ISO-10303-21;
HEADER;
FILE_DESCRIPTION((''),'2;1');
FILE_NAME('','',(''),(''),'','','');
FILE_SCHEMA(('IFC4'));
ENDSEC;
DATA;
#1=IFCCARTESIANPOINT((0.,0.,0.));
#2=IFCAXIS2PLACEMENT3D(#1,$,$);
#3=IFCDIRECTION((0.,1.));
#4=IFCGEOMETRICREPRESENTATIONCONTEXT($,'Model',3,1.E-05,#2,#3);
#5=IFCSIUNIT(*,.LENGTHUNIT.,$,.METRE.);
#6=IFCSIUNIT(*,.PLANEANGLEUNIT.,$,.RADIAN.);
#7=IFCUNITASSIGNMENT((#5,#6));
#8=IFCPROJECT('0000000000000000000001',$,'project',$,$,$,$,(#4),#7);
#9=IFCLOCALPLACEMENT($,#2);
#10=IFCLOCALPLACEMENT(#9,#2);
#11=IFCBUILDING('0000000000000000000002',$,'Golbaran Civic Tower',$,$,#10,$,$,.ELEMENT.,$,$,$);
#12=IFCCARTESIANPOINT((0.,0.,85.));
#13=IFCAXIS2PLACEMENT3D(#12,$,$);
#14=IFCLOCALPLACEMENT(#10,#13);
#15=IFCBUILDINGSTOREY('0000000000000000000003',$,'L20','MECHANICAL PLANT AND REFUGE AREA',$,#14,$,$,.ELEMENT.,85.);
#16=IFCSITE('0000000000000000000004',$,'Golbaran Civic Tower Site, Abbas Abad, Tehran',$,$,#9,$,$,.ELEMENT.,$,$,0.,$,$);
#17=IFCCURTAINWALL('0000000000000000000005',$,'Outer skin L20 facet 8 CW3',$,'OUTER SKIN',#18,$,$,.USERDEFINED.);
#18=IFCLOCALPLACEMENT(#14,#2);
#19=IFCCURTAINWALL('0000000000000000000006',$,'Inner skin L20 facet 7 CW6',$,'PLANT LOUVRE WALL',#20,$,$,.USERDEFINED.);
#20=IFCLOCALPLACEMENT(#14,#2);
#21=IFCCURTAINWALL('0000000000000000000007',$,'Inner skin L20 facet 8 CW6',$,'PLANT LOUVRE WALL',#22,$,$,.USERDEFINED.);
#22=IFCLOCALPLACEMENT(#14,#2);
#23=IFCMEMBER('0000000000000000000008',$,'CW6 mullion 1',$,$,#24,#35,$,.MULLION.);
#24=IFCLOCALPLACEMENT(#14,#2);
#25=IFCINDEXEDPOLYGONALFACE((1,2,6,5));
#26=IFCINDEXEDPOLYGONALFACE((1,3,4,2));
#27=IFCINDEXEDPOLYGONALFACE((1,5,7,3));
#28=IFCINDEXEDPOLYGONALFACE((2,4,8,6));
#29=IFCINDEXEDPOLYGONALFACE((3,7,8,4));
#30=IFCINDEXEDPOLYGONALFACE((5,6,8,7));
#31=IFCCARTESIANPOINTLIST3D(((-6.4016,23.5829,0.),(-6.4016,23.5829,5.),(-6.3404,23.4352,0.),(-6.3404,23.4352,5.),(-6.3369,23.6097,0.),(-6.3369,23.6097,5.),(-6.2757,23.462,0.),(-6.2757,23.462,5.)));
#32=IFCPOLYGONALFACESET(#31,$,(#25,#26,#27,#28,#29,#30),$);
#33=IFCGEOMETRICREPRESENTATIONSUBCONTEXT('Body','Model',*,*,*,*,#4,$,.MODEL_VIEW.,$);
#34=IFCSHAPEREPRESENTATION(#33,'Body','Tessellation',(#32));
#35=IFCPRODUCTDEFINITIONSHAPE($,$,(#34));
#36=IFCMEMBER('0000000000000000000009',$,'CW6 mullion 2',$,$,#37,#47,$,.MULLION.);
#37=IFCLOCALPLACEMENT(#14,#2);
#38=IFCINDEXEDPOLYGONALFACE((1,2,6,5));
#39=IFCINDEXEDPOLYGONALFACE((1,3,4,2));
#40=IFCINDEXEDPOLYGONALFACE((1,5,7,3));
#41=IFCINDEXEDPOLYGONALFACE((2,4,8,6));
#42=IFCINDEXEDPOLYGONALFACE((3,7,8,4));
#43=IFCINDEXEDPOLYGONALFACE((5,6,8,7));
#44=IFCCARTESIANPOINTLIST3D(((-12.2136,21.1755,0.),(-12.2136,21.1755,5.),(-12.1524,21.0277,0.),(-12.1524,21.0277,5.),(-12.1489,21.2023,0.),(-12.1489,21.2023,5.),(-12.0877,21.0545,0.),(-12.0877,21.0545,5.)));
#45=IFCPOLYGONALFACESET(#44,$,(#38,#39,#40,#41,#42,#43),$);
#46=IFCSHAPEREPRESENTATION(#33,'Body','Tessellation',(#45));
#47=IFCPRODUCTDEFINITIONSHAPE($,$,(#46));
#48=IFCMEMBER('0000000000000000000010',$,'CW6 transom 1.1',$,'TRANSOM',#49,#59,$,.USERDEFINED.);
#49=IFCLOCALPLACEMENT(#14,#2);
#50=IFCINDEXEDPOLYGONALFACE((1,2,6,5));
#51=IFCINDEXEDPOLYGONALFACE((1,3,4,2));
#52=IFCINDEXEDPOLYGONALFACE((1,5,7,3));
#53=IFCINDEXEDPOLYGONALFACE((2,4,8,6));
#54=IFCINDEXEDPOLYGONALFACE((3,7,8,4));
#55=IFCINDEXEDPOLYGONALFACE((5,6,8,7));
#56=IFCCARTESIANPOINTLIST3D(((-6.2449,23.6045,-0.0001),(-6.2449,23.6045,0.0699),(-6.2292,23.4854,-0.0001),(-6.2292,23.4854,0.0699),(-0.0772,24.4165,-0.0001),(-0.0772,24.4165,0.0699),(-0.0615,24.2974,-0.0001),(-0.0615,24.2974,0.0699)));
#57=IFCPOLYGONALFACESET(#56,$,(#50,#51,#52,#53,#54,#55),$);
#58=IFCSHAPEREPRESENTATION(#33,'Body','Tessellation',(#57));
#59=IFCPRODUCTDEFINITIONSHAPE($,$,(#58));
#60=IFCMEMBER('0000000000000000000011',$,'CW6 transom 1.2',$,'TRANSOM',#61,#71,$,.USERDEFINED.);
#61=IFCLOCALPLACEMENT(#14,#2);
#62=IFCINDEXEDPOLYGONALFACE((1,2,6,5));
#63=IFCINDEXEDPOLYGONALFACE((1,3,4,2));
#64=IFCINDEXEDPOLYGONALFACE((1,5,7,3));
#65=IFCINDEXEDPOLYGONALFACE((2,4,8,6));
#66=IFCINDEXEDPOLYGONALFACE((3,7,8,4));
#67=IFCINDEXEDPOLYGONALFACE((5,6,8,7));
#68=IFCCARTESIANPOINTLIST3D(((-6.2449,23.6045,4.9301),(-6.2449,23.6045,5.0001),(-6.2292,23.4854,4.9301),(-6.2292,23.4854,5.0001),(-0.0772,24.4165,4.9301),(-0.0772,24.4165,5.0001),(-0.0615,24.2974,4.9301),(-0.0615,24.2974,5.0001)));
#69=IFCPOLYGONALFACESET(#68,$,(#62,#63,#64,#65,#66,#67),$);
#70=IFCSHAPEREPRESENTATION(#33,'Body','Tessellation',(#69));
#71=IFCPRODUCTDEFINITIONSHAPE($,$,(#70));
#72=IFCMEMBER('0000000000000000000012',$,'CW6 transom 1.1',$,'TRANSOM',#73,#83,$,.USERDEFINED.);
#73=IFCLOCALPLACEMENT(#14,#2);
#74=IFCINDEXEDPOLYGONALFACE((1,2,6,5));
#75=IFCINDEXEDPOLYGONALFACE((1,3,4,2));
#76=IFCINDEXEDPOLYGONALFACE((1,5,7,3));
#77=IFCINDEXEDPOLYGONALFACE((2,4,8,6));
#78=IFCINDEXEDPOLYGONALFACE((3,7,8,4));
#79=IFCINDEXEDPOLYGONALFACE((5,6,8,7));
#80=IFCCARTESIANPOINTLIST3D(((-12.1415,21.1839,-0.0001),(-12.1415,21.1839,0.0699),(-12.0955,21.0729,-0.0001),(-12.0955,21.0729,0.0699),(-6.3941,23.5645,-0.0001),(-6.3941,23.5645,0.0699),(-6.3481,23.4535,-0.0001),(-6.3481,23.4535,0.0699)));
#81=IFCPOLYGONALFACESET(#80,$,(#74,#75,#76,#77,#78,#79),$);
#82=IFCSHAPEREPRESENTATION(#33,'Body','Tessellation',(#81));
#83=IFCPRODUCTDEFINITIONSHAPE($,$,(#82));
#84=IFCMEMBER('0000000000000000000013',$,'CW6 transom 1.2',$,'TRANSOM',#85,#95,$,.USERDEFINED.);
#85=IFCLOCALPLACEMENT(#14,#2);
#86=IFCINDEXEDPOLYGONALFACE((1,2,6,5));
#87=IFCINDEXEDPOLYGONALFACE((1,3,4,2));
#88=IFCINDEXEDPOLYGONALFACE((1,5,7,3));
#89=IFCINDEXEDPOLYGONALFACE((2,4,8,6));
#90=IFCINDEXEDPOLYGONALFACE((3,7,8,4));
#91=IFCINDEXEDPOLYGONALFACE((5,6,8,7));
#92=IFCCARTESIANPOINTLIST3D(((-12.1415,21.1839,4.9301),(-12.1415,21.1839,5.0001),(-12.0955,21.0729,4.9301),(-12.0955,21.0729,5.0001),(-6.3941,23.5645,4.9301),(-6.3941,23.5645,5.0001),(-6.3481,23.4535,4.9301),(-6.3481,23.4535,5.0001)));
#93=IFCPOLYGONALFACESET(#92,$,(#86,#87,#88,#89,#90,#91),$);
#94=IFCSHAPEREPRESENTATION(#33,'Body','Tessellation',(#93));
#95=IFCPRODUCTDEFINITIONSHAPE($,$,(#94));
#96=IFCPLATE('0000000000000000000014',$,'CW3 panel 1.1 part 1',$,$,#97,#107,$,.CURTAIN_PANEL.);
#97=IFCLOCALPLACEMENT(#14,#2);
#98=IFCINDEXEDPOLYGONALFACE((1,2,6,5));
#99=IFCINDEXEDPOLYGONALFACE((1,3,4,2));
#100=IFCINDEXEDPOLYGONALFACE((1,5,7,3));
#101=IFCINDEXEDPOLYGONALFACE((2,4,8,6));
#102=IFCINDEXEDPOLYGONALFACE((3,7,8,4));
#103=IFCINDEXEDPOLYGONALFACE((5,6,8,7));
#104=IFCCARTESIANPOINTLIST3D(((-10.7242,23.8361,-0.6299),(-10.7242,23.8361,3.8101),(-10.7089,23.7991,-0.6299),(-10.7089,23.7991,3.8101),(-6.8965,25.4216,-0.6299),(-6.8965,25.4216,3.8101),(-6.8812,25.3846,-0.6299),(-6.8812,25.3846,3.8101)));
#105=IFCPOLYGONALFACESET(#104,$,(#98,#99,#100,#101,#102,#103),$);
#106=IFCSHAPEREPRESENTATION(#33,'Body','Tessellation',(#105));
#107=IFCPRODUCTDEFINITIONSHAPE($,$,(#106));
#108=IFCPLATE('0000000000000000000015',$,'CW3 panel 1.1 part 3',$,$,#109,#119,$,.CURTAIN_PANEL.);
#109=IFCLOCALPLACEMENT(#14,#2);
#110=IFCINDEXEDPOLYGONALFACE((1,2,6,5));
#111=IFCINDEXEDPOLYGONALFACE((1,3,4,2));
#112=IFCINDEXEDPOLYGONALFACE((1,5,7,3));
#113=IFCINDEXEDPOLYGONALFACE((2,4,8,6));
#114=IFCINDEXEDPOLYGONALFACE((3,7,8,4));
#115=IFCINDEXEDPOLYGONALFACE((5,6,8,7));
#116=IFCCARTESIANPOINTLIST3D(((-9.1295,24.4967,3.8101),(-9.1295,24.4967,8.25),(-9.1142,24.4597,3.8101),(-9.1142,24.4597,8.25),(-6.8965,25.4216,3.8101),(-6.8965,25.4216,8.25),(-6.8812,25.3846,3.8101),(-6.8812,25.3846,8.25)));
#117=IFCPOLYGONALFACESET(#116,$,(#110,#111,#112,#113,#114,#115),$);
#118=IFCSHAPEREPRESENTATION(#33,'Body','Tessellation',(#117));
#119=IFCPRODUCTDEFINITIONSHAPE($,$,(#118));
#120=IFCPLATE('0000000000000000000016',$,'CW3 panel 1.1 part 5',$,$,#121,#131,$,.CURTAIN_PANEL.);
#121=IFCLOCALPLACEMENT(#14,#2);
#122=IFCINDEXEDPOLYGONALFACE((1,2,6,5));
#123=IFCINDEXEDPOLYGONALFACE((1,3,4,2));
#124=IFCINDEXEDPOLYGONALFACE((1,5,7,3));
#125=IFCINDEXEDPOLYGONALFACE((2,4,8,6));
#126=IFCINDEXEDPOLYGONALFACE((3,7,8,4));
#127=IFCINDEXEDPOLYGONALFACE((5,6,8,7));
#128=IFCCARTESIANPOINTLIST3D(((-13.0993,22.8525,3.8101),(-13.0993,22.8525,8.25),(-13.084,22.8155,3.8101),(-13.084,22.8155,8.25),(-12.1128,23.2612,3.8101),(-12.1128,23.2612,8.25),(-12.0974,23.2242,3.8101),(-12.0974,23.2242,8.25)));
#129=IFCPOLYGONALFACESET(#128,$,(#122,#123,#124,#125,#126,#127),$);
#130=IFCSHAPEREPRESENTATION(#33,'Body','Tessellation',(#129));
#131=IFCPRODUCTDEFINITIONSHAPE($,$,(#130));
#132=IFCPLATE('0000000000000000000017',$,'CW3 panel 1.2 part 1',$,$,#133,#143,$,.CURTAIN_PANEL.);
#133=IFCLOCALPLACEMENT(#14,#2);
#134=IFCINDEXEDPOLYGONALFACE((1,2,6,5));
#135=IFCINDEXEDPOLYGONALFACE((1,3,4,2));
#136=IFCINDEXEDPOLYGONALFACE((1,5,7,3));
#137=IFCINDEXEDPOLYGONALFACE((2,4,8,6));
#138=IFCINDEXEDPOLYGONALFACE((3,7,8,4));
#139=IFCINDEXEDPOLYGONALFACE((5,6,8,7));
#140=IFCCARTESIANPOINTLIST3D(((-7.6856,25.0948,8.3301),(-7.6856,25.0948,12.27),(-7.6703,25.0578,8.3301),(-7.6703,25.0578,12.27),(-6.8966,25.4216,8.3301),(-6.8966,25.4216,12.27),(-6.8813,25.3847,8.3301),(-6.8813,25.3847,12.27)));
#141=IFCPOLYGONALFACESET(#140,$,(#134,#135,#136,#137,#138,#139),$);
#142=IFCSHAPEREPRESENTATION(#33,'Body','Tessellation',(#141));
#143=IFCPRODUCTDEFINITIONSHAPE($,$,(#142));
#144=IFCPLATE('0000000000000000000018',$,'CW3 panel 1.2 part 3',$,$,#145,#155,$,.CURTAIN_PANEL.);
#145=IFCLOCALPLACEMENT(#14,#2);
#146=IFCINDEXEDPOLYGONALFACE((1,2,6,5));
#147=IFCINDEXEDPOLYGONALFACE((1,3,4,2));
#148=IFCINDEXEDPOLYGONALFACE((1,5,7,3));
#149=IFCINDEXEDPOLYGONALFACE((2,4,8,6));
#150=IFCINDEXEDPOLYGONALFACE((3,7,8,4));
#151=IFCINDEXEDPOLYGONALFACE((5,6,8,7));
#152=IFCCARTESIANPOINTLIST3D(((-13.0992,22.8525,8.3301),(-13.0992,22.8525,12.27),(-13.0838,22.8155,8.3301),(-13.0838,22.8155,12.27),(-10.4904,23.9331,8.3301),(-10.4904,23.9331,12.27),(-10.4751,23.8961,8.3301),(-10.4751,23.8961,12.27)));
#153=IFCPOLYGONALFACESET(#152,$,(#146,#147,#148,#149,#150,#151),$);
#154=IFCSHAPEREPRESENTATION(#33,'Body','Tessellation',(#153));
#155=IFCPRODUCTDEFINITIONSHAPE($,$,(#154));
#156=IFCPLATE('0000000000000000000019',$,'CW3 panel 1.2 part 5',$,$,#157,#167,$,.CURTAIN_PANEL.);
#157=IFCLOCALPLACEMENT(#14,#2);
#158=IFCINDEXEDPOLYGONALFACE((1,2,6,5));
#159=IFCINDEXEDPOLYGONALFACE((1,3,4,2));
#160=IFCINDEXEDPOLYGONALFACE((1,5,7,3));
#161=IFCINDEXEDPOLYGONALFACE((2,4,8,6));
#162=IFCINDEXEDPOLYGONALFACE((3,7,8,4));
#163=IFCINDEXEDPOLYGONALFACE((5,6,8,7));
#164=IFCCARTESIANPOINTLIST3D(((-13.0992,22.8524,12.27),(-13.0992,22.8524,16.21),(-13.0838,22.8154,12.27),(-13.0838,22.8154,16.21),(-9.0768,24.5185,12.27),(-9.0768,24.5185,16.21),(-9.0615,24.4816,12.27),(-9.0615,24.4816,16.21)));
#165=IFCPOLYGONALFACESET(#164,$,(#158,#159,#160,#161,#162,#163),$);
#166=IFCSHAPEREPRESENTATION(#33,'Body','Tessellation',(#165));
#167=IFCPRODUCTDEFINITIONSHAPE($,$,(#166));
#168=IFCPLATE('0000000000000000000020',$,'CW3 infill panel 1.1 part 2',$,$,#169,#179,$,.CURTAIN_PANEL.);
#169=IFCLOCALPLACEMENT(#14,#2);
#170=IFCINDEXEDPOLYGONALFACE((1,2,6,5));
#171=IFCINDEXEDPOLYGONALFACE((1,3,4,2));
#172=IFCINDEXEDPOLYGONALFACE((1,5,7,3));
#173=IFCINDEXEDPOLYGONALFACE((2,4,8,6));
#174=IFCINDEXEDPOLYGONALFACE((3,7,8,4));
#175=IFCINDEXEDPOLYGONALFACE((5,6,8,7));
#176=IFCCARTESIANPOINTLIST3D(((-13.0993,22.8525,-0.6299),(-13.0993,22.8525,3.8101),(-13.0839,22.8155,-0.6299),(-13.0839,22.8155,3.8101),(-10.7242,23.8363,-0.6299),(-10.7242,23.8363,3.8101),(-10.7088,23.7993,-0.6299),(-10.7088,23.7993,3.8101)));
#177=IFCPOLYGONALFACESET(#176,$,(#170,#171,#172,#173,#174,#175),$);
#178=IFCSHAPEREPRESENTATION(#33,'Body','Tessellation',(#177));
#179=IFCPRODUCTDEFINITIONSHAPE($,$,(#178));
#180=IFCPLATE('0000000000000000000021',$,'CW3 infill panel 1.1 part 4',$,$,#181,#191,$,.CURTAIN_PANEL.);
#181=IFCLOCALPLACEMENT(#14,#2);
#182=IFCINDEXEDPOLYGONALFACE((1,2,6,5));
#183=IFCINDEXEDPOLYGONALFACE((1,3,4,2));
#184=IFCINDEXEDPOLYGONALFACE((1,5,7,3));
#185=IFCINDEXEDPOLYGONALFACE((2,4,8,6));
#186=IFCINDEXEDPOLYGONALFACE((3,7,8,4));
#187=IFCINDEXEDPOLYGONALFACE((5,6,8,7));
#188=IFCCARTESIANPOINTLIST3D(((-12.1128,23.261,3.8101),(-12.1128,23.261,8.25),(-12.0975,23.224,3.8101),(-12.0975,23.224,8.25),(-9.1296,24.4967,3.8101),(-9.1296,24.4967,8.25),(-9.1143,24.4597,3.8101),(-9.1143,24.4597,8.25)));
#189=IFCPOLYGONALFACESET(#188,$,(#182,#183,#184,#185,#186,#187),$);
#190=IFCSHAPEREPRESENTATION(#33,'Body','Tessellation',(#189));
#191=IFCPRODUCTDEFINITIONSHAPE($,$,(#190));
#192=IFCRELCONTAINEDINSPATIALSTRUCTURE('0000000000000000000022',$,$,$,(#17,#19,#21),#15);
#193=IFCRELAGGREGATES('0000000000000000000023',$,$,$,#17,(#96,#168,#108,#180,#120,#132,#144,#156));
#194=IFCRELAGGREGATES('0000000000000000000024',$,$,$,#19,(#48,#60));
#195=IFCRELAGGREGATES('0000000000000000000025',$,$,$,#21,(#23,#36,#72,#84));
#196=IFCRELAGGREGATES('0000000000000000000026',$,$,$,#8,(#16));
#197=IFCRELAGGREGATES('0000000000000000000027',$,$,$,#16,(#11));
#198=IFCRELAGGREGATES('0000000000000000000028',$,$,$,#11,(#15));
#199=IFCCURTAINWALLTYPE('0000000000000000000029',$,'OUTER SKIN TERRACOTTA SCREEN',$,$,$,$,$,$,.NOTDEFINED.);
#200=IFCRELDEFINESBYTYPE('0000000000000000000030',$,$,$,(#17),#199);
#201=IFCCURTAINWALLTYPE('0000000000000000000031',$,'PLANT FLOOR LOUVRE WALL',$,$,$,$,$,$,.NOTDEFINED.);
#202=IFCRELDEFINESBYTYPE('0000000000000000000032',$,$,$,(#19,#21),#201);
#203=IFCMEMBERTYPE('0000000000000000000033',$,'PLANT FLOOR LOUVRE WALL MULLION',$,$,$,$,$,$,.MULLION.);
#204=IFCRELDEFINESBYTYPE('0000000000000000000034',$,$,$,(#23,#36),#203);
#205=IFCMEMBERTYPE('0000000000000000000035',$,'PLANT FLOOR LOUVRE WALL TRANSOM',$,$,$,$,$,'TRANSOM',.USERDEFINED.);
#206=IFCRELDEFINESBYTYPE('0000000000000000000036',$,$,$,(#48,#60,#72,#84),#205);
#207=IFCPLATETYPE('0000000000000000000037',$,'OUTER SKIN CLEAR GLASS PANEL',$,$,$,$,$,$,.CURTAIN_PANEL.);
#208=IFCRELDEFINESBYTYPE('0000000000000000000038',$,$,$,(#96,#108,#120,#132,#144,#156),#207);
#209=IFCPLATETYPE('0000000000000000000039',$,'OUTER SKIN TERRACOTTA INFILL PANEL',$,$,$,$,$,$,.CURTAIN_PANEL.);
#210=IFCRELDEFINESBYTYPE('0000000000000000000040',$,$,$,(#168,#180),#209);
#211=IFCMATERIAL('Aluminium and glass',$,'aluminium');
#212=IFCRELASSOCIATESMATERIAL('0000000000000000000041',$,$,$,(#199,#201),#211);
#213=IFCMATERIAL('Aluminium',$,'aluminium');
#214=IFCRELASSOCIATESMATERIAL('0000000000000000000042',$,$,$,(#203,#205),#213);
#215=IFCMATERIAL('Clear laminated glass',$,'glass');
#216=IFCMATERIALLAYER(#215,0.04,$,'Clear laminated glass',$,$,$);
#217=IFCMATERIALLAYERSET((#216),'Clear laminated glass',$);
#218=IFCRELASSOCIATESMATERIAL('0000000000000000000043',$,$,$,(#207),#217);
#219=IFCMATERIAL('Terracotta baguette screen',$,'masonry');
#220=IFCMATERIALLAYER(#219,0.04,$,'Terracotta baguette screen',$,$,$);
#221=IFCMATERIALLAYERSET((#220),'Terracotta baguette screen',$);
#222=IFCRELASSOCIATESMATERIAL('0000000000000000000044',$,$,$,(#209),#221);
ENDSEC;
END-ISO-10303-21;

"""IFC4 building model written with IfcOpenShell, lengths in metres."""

from ifc_helpers import new_model, si_unit, direction, frame, origin, origin_2d, place, context, subcontext, project, spatial, rectangle, extrude, material, layer, layer_set, material_profile, profile_set, type_object, element, aggregate, save


model = new_model("IFC4")

# Units and contexts
model_context = context("Model", 3, precision=1e-05, world=origin(), true_north=direction((0.0, 1.0)))
body_context = subcontext(model_context, "Body", "Model", "MODEL_VIEW")
ifc_project = project(units=[si_unit("LENGTHUNIT", "METRE"), si_unit("PLANEANGLEUNIT", "RADIAN")], contexts=[model_context])

# Site, building, storey
site_placement = place(None, origin())
site = spatial("IfcSite", under=ifc_project, at=site_placement, Name="Golbaran Civic Tower Site, Abbas Abad, Tehran", CompositionType="ELEMENT", RefElevation=0.0)
building_placement = place(site_placement, origin())
building = spatial("IfcBuilding", under=site, at=building_placement, Name="Golbaran Civic Tower", CompositionType="ELEMENT")
storey_placement = place(building_placement, frame((0.0, 0.0, 85.0)))
storey = spatial("IfcBuildingStorey", under=building, at=storey_placement, Name="L20", Description="MECHANICAL PLANT AND REFUGE AREA", CompositionType="ELEMENT", Elevation=85.0)

# Shared definitions
ifc_material_1 = material(Name="Aluminium and glass", Category="aluminium")
curtain_wall_type_1 = type_object("IfcCurtainWallType", Name="OUTER SKIN TERRACOTTA SCREEN", PredefinedType="NOTDEFINED", material=ifc_material_1)
ifc_material_2 = material(Name="Aluminium", Category="aluminium")

# Curtain wall
curtain_wall_1_placement = place(storey_placement, origin())
curtain_wall_1 = element("IfcCurtainWall", 1, at=curtain_wall_1_placement, inside=storey, type_object=curtain_wall_type_1, Name="Outer skin L20 facet 8 CW3", ObjectType="OUTER SKIN", PredefinedType="USERDEFINED")

# Curtain walls, members
curtain_wall_type_2 = type_object("IfcCurtainWallType", Name="PLANT FLOOR LOUVRE WALL", PredefinedType="NOTDEFINED", material=ifc_material_1)
curtain_wall_2_placement = place(storey_placement, origin())
curtain_wall_2 = element("IfcCurtainWall", 2, at=curtain_wall_2_placement, inside=storey, type_object=curtain_wall_type_2, Name="Inner skin L20 facet 7 CW6", ObjectType="PLANT LOUVRE WALL", PredefinedType="USERDEFINED")
ifc_material_profile_1 = material_profile(ifc_material_2, rectangle(XDim=0.1599, YDim=0.0701, at=origin_2d()), Name="PLANT FLOOR LOUVRE WALL MULLION")
ifc_profile_set_1 = profile_set([ifc_material_profile_1], Name="Aluminium")
member_type_1 = type_object("IfcMemberType", Name="PLANT FLOOR LOUVRE WALL MULLION", PredefinedType="MULLION", material=ifc_profile_set_1)
curtain_wall_3_placement = place(storey_placement, origin())
curtain_wall_3 = element("IfcCurtainWall", 3, at=curtain_wall_3_placement, inside=storey, type_object=curtain_wall_type_2, Name="Inner skin L20 facet 8 CW6", ObjectType="PLANT LOUVRE WALL", PredefinedType="USERDEFINED")
member_1_placement = place(storey_placement, frame((-6.3386, 23.5225, 0.0), z_axis=(0.0, 0.0, 1.0), x_axis=(0.382683, -0.92388, 0.0)))
member_1 = element("IfcMember", 4, at=member_1_placement, type_object=member_type_1, Name="CW6 mullion 1", PredefinedType="MULLION", context=body_context, shape_type="SweptSolid", body=[
    extrude(rectangle(XDim=0.1599, YDim=0.0701, at=origin_2d()), origin(), (0.0, 0.0, 1.0), 5.0),
])
member_2_placement = place(storey_placement, frame((-12.1506, 21.115, 0.0), z_axis=(0.0, 0.0, 1.0), x_axis=(0.382683, -0.92388, 0.0)))
member_2 = element("IfcMember", 5, at=member_2_placement, type_object=member_type_1, Name="CW6 mullion 2", PredefinedType="MULLION", context=body_context, shape_type="SweptSolid", body=[
    extrude(rectangle(XDim=0.1599, YDim=0.0701, at=origin_2d()), origin(), (0.0, 0.0, 1.0), 5.0),
])

# Members
ifc_material_profile_2 = material_profile(ifc_material_2, rectangle(XDim=0.1201, YDim=0.0701, at=origin_2d()), Name="PLANT FLOOR LOUVRE WALL TRANSOM")
ifc_profile_set_2 = profile_set([ifc_material_profile_2], Name="Aluminium")
member_type_2 = type_object("IfcMemberType", Name="PLANT FLOOR LOUVRE WALL TRANSOM", ElementType="TRANSOM", PredefinedType="USERDEFINED", material=ifc_profile_set_2)
member_3_placement = place(storey_placement, frame((-0.0693, 24.3569, 0.0349), z_axis=(-0.991445, -0.130529, 0.0), x_axis=(0.130529, -0.991445, 0.0)))
member_3 = element("IfcMember", 6, at=member_3_placement, type_object=member_type_2, Name="CW6 transom 1.1", ObjectType="TRANSOM", PredefinedType="USERDEFINED", context=body_context, shape_type="SweptSolid", body=[
    extrude(rectangle(XDim=0.1201, YDim=0.0701, at=origin_2d()), origin(), (0.0, 0.0, 1.0), 6.2209),
])
member_4_placement = place(storey_placement, frame((-0.0693, 24.3569, 4.9651), z_axis=(-0.991445, -0.130529, 0.0), x_axis=(0.130529, -0.991445, 0.0)))
member_4 = element("IfcMember", 7, at=member_4_placement, type_object=member_type_2, Name="CW6 transom 1.2", ObjectType="TRANSOM", PredefinedType="USERDEFINED", context=body_context, shape_type="SweptSolid", body=[
    extrude(rectangle(XDim=0.1201, YDim=0.0701, at=origin_2d()), origin(), (0.0, 0.0, 1.0), 6.2209),
])
member_5_placement = place(storey_placement, frame((-6.3711, 23.509, 0.0349), z_axis=(-0.92388, -0.382683, 0.0), x_axis=(0.382683, -0.92388, 0.0)))
member_5 = element("IfcMember", 8, at=member_5_placement, type_object=member_type_2, Name="CW6 transom 1.1", ObjectType="TRANSOM", PredefinedType="USERDEFINED", context=body_context, shape_type="SweptSolid", body=[
    extrude(rectangle(XDim=0.1201, YDim=0.0701, at=origin_2d()), origin(), (0.0, 0.0, 1.0), 6.2209),
])
member_6_placement = place(storey_placement, frame((-6.3711, 23.509, 4.9651), z_axis=(-0.92388, -0.382683, 0.0), x_axis=(0.382683, -0.92388, 0.0)))
member_6 = element("IfcMember", 9, at=member_6_placement, type_object=member_type_2, Name="CW6 transom 1.2", ObjectType="TRANSOM", PredefinedType="USERDEFINED", context=body_context, shape_type="SweptSolid", body=[
    extrude(rectangle(XDim=0.1201, YDim=0.0701, at=origin_2d()), origin(), (0.0, 0.0, 1.0), 6.2209),
])

# Plates
ifc_material_3 = material(Name="Clear laminated glass", Category="glass")
ifc_layer_1 = layer(ifc_material_3, 0.04, Name="Clear laminated glass")
ifc_layer_set_1 = layer_set([ifc_layer_1], Name="Clear laminated glass")
plate_type_1 = type_object("IfcPlateType", Name="OUTER SKIN CLEAR GLASS PANEL", PredefinedType="CURTAIN_PANEL", material=ifc_layer_set_1)
plate_1_placement = place(storey_placement, frame((-8.8027, 24.6104, -0.6299), z_axis=(0.0, 0.0, 1.0), x_axis=(-0.92388, -0.382683, 0.0)))
plate_1 = element("IfcPlate", 10, at=plate_1_placement, type_object=plate_type_1, Name="CW3 panel 1.1 part 1", PredefinedType="CURTAIN_PANEL", context=body_context, shape_type="SweptSolid", body=[
    extrude(rectangle(XDim=4.1431, YDim=0.04, at=origin_2d()), origin(), (0.0, 0.0, 1.0), 4.4399),
])
plate_2_placement = place(storey_placement, frame((-8.0054, 24.9407, 3.8101), z_axis=(0.0, 0.0, 1.0), x_axis=(-0.92388, -0.382683, 0.0)))
plate_2 = element("IfcPlate", 11, at=plate_2_placement, type_object=plate_type_1, Name="CW3 panel 1.1 part 3", PredefinedType="CURTAIN_PANEL", context=body_context, shape_type="SweptSolid", body=[
    extrude(rectangle(XDim=2.417, YDim=0.04, at=origin_2d()), origin(), (0.0, 0.0, 1.0), 4.4399),
])
plate_3_placement = place(storey_placement, frame((-12.5984, 23.0383, 3.8101), z_axis=(0.0, 0.0, 1.0), x_axis=(-0.92388, -0.382683, 0.0)))
plate_3 = element("IfcPlate", 12, at=plate_3_placement, type_object=plate_type_1, Name="CW3 panel 1.1 part 5", PredefinedType="CURTAIN_PANEL", context=body_context, shape_type="SweptSolid", body=[
    extrude(rectangle(XDim=1.0679, YDim=0.04, at=origin_2d()), origin(), (0.0, 0.0, 1.0), 4.4399),
])
plate_4_placement = place(storey_placement, frame((-7.2834, 25.2397, 8.3301), z_axis=(0.0, 0.0, 1.0), x_axis=(-0.92388, -0.382683, 0.0)))
plate_4 = element("IfcPlate", 13, at=plate_4_placement, type_object=plate_type_1, Name="CW3 panel 1.2 part 1", PredefinedType="CURTAIN_PANEL", context=body_context, shape_type="SweptSolid", body=[
    extrude(rectangle(XDim=0.854, YDim=0.04, at=origin_2d()), origin(), (0.0, 0.0, 1.0), 3.9399),
])
plate_5_placement = place(storey_placement, frame((-11.7871, 23.3743, 8.3301), z_axis=(0.0, 0.0, 1.0), x_axis=(-0.92388, -0.382683, 0.0)))
plate_5 = element("IfcPlate", 14, at=plate_5_placement, type_object=plate_type_1, Name="CW3 panel 1.2 part 3", PredefinedType="CURTAIN_PANEL", context=body_context, shape_type="SweptSolid", body=[
    extrude(rectangle(XDim=2.8237, YDim=0.04, at=origin_2d()), origin(), (0.0, 0.0, 1.0), 3.9399),
])
plate_6_placement = place(storey_placement, frame((-11.0803, 23.667, 12.27), z_axis=(0.0, 0.0, 1.0), x_axis=(-0.92388, -0.382683, 0.0)))
plate_6 = element("IfcPlate", 15, at=plate_6_placement, type_object=plate_type_1, Name="CW3 panel 1.2 part 5", PredefinedType="CURTAIN_PANEL", context=body_context, shape_type="SweptSolid", body=[
    extrude(rectangle(XDim=4.3538, YDim=0.04, at=origin_2d()), origin(), (0.0, 0.0, 1.0), 3.9399),
])
ifc_material_4 = material(Name="Terracotta baguette screen", Category="masonry")
ifc_layer_2 = layer(ifc_material_4, 0.04, Name="Terracotta baguette screen")
ifc_layer_set_2 = layer_set([ifc_layer_2], Name="Terracotta baguette screen")
plate_type_2 = type_object("IfcPlateType", Name="OUTER SKIN TERRACOTTA INFILL PANEL", PredefinedType="CURTAIN_PANEL", material=ifc_layer_set_2)
plate_7_placement = place(storey_placement, frame((-11.9041, 23.3259, -0.6299), z_axis=(0.0, 0.0, 1.0), x_axis=(-0.92388, -0.382683, 0.0)))
plate_7 = element("IfcPlate", 16, at=plate_7_placement, type_object=plate_type_2, Name="CW3 infill panel 1.1 part 2", PredefinedType="CURTAIN_PANEL", context=body_context, shape_type="SweptSolid", body=[
    extrude(rectangle(XDim=2.5708, YDim=0.04, at=origin_2d()), origin(), (0.0, 0.0, 1.0), 4.4399),
])
plate_8_placement = place(storey_placement, frame((-10.6135, 23.8604, 3.8101), z_axis=(0.0, 0.0, 1.0), x_axis=(-0.92388, -0.382683, 0.0)))
plate_8 = element("IfcPlate", 17, at=plate_8_placement, type_object=plate_type_2, Name="CW3 infill panel 1.1 part 4", PredefinedType="CURTAIN_PANEL", context=body_context, shape_type="SweptSolid", body=[
    extrude(rectangle(XDim=3.229, YDim=0.04, at=origin_2d()), origin(), (0.0, 0.0, 1.0), 4.4399),
])
aggregate(curtain_wall_1, [plate_1, plate_7, plate_2, plate_8, plate_3, plate_4, plate_5, plate_6])
aggregate(curtain_wall_2, [member_3, member_4])
aggregate(curtain_wall_3, [member_1, member_2, member_5, member_6])

save(model, "model.ifc")
